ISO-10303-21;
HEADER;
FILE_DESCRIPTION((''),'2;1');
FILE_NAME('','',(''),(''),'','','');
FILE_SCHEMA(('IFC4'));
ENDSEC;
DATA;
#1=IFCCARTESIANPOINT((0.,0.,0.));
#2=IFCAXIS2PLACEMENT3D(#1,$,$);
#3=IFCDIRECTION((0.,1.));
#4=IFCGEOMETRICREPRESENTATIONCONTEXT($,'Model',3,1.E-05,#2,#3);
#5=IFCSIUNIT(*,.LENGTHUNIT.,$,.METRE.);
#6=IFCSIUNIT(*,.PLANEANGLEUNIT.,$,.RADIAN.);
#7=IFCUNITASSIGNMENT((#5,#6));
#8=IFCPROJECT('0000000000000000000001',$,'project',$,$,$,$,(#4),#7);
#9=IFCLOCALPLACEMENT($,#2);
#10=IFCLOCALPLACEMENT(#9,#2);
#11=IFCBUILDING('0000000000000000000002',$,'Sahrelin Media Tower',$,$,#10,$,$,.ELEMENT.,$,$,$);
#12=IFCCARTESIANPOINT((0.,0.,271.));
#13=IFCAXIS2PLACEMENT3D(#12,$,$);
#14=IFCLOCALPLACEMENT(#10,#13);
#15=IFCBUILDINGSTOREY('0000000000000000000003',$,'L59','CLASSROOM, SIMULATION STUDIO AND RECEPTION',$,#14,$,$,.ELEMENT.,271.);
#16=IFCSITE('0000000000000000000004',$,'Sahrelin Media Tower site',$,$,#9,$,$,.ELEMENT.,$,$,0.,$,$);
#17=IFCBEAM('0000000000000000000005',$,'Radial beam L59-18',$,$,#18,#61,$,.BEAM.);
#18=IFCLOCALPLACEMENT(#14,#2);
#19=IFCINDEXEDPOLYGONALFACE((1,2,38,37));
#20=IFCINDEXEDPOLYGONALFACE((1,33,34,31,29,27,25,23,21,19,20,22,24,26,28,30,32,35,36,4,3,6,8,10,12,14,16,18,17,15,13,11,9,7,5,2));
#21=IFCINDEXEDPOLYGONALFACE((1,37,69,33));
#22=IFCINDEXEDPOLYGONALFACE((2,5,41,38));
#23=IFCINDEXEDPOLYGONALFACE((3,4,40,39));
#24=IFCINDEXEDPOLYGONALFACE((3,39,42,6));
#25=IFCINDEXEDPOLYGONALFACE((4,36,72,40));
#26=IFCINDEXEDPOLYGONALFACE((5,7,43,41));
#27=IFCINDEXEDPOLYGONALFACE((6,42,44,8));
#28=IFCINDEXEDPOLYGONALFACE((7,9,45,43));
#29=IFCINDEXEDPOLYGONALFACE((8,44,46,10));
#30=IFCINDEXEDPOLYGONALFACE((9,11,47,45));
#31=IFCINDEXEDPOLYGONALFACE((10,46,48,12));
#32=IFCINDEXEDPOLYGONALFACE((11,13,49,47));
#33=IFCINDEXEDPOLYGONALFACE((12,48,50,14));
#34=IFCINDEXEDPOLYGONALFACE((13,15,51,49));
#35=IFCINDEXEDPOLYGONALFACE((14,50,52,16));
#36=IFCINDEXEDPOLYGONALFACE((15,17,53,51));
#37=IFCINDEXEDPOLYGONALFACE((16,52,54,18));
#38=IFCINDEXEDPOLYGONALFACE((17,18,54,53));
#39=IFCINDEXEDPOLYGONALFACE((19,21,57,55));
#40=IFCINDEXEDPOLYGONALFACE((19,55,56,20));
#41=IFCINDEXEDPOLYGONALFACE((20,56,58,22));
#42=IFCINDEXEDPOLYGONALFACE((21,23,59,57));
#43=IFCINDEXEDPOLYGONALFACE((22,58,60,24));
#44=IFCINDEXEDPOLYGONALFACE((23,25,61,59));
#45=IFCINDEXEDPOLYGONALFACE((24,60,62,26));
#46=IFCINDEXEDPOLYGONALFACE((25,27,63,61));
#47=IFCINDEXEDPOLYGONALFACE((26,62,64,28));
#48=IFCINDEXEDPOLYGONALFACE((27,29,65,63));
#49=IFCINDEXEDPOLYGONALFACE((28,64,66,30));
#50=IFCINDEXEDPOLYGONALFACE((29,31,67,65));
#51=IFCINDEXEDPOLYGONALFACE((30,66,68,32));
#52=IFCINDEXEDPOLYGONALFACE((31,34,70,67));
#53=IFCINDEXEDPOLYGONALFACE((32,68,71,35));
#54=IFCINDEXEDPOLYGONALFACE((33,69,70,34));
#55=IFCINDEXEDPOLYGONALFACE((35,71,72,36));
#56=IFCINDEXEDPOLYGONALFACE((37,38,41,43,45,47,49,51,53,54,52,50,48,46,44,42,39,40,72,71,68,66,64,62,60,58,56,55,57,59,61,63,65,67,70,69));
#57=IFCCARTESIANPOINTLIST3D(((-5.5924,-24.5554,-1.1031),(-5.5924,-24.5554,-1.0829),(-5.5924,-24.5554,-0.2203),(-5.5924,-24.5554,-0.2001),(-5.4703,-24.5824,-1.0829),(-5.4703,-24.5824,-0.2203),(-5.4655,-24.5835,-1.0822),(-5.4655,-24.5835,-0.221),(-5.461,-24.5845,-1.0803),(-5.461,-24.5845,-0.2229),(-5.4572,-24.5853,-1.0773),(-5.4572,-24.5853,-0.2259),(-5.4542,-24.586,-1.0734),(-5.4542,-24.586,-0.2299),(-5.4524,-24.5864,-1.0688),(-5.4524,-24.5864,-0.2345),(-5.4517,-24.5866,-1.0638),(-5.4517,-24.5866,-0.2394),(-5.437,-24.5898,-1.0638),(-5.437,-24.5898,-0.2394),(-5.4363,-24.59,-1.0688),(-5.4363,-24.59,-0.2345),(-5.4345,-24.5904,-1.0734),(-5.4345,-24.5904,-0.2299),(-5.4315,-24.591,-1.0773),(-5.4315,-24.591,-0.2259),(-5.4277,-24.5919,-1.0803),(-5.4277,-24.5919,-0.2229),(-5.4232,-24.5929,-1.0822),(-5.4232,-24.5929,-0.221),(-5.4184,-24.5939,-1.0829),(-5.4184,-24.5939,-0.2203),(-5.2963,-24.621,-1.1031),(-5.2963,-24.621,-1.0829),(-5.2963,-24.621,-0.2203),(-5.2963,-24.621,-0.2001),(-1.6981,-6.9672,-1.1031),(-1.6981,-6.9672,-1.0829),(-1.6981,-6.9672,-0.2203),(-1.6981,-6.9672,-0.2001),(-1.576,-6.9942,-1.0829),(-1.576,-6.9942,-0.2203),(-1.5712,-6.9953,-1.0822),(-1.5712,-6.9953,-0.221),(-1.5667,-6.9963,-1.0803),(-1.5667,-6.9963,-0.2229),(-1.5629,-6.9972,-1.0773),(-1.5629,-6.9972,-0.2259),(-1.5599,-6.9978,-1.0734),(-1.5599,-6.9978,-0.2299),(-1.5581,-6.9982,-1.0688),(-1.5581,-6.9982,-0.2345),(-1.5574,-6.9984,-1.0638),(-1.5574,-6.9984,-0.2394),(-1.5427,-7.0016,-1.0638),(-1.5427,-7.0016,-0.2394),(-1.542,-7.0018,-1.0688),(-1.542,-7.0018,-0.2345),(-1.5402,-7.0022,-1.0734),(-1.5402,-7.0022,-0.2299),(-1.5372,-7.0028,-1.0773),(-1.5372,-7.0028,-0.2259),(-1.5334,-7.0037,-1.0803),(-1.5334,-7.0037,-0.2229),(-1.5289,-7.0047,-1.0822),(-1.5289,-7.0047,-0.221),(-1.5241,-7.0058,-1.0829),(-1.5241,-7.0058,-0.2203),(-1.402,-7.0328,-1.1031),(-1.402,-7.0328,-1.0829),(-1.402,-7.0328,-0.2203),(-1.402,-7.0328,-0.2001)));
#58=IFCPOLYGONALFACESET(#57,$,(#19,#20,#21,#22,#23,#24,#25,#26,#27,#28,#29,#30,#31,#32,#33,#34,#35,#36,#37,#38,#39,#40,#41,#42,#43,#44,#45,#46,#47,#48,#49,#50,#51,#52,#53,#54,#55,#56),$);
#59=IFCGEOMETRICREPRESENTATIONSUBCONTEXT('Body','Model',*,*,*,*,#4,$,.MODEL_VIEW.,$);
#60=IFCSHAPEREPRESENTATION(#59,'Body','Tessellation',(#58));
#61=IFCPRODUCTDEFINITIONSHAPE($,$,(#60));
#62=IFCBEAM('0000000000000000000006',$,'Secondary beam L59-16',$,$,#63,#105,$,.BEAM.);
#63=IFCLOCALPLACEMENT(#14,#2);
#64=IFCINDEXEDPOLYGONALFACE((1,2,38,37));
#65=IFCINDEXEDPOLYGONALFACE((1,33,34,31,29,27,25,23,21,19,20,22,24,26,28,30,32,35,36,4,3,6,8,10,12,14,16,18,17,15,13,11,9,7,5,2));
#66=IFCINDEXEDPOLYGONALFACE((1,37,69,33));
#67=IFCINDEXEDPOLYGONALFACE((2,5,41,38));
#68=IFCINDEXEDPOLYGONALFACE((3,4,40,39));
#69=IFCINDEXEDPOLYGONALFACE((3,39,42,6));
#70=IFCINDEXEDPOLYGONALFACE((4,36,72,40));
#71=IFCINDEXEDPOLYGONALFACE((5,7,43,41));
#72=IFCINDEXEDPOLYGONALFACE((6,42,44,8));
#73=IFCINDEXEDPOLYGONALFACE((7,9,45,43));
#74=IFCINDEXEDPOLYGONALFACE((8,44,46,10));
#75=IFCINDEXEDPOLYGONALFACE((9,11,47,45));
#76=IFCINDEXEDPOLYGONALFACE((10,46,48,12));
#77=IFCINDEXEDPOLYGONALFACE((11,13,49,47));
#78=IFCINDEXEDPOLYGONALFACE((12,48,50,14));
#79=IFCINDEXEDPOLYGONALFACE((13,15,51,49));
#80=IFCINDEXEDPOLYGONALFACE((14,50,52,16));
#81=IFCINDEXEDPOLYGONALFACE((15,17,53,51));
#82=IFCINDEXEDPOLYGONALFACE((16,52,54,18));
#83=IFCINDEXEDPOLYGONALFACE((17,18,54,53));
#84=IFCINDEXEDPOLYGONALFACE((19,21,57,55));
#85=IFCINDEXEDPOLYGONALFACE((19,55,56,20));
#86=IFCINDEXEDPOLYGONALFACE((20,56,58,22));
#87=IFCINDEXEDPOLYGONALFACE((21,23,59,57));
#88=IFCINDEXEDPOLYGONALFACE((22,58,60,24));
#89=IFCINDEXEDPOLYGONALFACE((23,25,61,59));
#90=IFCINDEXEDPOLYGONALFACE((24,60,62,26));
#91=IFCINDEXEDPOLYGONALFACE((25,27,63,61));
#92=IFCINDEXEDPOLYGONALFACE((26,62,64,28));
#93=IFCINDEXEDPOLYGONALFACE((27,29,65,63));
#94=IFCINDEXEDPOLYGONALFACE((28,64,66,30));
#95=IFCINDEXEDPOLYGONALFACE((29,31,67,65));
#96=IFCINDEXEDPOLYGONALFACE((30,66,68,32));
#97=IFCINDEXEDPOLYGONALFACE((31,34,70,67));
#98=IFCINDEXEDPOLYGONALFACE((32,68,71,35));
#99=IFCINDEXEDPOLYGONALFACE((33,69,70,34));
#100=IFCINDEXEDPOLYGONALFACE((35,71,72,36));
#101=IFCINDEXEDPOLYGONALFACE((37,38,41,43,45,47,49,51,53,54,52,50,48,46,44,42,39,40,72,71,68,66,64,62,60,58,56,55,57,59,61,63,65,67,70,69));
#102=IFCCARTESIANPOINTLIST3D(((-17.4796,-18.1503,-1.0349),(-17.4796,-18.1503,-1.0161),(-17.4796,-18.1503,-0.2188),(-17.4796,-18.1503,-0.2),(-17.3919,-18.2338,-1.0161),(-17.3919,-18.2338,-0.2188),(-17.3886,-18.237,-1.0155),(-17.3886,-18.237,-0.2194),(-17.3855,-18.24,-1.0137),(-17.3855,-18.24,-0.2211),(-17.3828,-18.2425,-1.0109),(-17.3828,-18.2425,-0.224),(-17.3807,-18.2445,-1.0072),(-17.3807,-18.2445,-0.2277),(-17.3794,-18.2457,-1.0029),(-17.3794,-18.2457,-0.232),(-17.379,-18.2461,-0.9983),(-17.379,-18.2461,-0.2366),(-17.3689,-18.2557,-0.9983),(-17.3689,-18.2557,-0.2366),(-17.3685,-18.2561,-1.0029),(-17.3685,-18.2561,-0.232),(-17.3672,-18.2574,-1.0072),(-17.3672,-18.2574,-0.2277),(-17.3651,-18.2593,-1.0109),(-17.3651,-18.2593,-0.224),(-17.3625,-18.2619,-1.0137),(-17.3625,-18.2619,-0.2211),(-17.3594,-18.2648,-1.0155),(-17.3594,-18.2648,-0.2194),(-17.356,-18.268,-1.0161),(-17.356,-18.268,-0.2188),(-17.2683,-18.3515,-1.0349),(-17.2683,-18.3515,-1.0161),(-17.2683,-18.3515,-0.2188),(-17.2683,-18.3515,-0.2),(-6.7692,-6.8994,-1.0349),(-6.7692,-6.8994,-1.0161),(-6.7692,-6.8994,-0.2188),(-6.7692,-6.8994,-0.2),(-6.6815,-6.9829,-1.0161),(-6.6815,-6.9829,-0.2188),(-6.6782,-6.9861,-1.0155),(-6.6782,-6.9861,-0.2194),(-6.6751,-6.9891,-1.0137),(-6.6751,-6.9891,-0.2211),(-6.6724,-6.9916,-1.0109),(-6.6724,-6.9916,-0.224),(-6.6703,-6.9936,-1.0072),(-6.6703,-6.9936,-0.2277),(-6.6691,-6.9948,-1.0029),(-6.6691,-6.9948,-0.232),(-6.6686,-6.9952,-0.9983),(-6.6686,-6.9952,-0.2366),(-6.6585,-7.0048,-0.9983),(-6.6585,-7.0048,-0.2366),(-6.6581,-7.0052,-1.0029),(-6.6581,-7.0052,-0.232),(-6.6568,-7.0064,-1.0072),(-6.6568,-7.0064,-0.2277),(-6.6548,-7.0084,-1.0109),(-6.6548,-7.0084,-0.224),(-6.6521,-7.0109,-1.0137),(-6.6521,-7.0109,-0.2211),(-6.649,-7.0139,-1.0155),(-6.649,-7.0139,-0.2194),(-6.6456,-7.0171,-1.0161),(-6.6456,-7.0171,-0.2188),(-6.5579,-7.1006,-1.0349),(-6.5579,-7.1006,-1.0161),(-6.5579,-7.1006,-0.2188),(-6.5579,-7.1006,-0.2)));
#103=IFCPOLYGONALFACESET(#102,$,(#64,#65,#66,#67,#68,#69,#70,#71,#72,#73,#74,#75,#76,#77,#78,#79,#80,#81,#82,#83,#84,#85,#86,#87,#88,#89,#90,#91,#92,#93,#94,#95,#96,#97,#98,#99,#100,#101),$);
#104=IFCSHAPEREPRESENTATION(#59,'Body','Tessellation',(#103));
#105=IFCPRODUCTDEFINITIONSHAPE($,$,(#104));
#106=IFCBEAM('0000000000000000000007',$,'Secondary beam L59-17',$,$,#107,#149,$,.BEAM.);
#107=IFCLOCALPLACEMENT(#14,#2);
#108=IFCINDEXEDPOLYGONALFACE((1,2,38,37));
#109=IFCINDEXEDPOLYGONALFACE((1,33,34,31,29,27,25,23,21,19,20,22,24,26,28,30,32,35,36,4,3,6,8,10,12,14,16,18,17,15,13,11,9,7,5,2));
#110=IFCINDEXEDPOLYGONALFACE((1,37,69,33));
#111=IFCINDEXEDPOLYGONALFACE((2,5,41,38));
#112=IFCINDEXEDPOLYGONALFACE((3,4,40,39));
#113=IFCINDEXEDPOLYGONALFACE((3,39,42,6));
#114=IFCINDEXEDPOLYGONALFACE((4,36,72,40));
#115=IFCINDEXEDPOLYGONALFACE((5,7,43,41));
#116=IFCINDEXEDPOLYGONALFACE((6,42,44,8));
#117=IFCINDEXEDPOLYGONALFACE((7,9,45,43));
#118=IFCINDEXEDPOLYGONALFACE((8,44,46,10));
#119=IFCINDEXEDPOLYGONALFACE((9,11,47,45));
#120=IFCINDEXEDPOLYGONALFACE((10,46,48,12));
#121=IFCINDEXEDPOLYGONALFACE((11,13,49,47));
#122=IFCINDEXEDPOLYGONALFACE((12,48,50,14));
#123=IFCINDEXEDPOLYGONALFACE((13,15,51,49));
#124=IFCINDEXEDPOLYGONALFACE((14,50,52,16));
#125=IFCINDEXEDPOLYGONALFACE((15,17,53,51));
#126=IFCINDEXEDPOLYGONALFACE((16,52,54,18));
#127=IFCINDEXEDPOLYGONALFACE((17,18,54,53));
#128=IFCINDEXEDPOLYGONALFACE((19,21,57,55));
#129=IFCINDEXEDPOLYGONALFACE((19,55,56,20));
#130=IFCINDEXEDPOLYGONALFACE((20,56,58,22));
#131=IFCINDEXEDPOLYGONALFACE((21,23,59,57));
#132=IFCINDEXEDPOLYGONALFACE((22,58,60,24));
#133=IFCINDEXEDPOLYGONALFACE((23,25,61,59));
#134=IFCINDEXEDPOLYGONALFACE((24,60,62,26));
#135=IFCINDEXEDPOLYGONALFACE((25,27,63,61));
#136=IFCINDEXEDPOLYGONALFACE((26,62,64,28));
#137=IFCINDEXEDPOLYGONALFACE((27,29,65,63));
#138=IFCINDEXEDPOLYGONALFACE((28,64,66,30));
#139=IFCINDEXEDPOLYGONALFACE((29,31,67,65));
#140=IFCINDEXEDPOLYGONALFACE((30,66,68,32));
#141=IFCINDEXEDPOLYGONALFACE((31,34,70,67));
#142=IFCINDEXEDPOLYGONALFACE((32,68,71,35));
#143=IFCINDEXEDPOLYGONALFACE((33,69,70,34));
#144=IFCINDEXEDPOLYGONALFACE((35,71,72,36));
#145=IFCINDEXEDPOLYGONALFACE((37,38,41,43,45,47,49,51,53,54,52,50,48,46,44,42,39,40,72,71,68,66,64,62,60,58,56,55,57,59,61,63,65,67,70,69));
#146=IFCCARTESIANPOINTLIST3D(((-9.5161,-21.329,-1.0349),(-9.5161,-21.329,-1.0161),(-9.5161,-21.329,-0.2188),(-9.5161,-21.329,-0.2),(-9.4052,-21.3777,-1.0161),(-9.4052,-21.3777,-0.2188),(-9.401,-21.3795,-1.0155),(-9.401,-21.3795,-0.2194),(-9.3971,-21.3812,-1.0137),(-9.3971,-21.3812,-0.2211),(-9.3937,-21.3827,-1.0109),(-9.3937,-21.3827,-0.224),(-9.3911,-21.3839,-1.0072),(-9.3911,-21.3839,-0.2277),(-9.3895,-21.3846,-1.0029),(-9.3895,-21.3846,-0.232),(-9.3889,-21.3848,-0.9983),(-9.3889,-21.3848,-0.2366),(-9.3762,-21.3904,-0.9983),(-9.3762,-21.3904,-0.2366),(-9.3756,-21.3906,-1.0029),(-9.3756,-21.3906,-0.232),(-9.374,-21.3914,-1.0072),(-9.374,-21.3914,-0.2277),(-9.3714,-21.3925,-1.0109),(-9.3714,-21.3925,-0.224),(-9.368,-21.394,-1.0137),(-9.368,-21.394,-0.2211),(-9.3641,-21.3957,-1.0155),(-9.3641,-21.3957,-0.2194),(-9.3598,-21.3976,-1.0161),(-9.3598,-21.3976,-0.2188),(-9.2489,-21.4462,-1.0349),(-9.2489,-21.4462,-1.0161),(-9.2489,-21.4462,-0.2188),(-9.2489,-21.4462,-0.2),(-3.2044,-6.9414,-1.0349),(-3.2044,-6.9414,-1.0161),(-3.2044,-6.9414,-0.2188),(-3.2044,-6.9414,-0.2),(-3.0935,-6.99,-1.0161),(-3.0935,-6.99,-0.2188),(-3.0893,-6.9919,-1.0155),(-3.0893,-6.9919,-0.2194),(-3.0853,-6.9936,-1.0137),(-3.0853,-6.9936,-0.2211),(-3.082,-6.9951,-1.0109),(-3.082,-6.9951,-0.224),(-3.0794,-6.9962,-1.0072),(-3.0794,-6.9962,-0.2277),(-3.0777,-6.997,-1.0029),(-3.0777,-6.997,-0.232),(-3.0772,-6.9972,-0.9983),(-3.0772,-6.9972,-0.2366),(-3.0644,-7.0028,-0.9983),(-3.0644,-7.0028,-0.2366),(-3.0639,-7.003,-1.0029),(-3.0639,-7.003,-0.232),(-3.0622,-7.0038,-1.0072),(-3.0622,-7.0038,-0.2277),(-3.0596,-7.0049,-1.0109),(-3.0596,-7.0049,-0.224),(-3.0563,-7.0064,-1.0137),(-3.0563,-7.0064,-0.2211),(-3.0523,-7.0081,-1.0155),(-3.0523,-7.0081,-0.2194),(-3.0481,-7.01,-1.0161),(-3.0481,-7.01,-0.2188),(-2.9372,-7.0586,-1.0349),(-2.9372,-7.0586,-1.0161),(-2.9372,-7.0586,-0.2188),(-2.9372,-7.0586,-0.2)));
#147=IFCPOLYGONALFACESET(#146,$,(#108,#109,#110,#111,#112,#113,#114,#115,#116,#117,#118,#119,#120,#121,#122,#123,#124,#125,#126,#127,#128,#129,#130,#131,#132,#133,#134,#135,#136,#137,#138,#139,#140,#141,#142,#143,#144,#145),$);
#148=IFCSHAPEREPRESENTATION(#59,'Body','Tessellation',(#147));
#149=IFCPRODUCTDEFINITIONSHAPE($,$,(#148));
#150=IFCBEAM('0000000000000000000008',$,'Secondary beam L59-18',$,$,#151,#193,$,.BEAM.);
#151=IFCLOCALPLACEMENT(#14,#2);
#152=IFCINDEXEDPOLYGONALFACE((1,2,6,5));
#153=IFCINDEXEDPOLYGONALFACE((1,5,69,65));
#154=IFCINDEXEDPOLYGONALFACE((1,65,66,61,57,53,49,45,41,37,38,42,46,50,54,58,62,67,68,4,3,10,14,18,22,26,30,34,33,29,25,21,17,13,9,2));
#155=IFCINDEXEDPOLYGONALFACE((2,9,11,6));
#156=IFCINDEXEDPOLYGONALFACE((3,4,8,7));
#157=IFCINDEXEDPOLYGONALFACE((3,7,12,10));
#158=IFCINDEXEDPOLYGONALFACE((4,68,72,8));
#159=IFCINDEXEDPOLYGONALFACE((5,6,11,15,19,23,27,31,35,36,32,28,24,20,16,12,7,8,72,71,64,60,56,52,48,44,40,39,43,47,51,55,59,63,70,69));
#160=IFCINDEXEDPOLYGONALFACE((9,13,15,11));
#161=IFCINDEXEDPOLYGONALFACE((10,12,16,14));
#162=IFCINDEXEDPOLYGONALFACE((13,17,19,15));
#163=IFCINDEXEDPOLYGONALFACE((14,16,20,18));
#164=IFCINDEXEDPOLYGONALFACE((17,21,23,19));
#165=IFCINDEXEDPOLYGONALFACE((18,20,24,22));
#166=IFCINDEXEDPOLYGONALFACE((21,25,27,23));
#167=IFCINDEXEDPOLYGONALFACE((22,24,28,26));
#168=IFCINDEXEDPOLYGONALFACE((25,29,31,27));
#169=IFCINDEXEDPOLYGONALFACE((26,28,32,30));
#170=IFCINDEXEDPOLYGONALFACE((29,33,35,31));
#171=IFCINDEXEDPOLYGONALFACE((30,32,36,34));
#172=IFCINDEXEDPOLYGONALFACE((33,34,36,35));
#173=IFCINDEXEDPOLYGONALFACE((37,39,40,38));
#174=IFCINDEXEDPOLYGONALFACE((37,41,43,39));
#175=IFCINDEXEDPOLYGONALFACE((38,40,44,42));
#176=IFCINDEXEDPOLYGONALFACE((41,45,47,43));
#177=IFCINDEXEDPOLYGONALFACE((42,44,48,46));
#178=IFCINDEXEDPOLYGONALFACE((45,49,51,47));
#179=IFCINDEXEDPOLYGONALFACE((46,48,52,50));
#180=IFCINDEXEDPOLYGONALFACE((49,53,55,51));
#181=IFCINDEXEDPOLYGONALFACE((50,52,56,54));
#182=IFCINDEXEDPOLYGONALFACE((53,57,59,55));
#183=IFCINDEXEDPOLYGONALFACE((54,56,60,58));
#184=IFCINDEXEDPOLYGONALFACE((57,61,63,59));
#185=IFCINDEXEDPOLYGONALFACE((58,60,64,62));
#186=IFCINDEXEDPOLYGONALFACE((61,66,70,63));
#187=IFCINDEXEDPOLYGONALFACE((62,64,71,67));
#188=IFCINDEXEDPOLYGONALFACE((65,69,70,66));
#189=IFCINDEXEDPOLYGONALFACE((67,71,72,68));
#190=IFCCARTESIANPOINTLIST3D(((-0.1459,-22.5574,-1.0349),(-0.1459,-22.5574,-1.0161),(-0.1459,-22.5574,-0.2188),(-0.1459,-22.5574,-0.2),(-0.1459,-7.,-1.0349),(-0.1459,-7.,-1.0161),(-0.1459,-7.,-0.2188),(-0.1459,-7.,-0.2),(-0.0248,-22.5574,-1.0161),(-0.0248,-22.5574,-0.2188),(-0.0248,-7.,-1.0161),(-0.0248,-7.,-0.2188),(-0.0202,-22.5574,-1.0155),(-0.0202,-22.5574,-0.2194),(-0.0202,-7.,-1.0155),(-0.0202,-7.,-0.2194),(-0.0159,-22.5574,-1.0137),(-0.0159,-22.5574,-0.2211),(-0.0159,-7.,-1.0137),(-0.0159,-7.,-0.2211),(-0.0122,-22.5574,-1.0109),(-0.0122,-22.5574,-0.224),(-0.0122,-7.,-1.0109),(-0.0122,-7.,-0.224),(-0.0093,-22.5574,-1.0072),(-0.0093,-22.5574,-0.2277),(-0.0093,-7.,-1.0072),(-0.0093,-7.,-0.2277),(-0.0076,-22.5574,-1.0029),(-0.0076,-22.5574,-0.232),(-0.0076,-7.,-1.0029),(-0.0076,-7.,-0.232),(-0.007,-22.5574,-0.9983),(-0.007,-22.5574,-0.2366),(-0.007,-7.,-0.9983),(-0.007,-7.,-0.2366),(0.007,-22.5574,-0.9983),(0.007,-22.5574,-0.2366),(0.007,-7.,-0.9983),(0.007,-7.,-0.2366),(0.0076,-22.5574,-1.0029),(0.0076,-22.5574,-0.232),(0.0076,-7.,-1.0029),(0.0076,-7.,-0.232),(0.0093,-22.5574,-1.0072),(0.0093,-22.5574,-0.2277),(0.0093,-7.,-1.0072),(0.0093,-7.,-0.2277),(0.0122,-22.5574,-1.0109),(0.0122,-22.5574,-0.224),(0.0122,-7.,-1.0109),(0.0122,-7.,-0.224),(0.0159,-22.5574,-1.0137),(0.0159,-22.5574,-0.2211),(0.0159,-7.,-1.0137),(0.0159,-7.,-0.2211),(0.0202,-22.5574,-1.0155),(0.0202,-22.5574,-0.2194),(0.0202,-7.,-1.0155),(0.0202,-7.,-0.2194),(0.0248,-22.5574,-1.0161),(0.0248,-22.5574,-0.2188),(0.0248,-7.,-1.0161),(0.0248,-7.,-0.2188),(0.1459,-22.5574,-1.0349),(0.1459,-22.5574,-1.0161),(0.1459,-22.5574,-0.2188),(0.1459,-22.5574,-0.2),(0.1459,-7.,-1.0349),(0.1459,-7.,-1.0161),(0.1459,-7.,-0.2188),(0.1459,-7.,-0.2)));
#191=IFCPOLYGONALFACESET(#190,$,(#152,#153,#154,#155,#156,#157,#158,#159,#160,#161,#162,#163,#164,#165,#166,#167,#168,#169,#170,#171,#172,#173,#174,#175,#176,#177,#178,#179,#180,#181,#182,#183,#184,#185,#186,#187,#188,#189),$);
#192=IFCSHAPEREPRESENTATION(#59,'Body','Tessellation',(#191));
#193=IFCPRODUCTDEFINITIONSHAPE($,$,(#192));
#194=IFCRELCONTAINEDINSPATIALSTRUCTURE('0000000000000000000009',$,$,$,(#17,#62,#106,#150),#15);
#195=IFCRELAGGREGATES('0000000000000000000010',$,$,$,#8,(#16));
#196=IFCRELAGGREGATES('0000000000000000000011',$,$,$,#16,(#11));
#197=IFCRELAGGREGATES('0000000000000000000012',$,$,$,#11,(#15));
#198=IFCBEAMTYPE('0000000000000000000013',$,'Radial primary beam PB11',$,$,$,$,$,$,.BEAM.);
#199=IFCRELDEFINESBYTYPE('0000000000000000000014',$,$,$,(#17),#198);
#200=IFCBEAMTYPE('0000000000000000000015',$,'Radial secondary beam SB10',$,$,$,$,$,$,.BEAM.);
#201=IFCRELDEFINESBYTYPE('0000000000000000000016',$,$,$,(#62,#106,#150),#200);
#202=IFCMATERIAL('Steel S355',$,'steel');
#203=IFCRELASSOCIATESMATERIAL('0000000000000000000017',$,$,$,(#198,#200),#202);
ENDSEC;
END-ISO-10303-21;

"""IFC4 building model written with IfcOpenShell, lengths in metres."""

from ifc_helpers import new_model, si_unit, direction, frame, origin, origin_2d, place, context, subcontext, project, spatial, i_section, extrude, material, material_profile, profile_set, type_object, element, save


model = new_model("IFC4")

# Units and contexts
model_context = context("Model", 3, precision=1e-05, world=origin(), true_north=direction((0.0, 1.0)))
body_context = subcontext(model_context, "Body", "Model", "MODEL_VIEW")
ifc_project = project(units=[si_unit("LENGTHUNIT", "METRE"), si_unit("PLANEANGLEUNIT", "RADIAN")], contexts=[model_context])

# Site, building, storey
site_placement = place(None, origin())
site = spatial("IfcSite", under=ifc_project, at=site_placement, Name="Sahrelin Media Tower site", CompositionType="ELEMENT", RefElevation=0.0)
building_placement = place(site_placement, origin())
building = spatial("IfcBuilding", under=site, at=building_placement, Name="Sahrelin Media Tower", CompositionType="ELEMENT")
storey_placement = place(building_placement, frame((0.0, 0.0, 271.0)))
storey = spatial("IfcBuildingStorey", under=building, at=storey_placement, Name="L59", Description="CLASSROOM, SIMULATION STUDIO AND RECEPTION", CompositionType="ELEMENT", Elevation=271.0)

# Beams
ifc_material_1 = material(Name="Steel S355", Category="steel")
ifc_material_profile_1 = material_profile(ifc_material_1, i_section(OverallWidth=0.3032, OverallDepth=0.9031, WebThickness=0.0151, FlangeThickness=0.0203, FilletRadius=0.019, at=origin_2d()), Name="UB 914x305x201")
ifc_profile_set_1 = profile_set([ifc_material_profile_1], Name="Steel S355")
beam_type_1 = type_object("IfcBeamType", Name="Radial primary beam PB11", PredefinedType="BEAM", material=ifc_profile_set_1)
beam_1_placement = place(storey_placement, frame((-1.55, -7.0, -0.6516), z_axis=(-0.21618, -0.976354, 0.0), x_axis=(0.976354, -0.21618, 0.0)))
element("IfcBeam", 1, at=beam_1_placement, inside=storey, type_object=beam_type_1, Name="Radial beam L59-18", PredefinedType="BEAM", context=body_context, shape_type="SweptSolid", body=[
    extrude(i_section(OverallWidth=0.3032, OverallDepth=0.9031, WebThickness=0.0151, FlangeThickness=0.0203, FilletRadius=0.019, at=origin_2d()), origin(), (0.0, 0.0, 1.0), 18.0142),
])
ifc_material_profile_2 = material_profile(ifc_material_1, i_section(OverallWidth=0.2917, OverallDepth=0.835, WebThickness=0.0139, FlangeThickness=0.0188, FilletRadius=0.0178, at=origin_2d()), Name="UB 838x292x176")
ifc_profile_set_2 = profile_set([ifc_material_profile_2], Name="Steel S355")
beam_type_2 = type_object("IfcBeamType", Name="Radial secondary beam SB10", PredefinedType="BEAM", material=ifc_profile_set_2)
beam_2_placement = place(storey_placement, frame((-6.6636, -7.0, -0.6174), z_axis=(-0.689494, -0.724291, 0.0), x_axis=(0.724291, -0.689494, 0.0)))
element("IfcBeam", 2, at=beam_2_placement, inside=storey, type_object=beam_type_2, Name="Secondary beam L59-16", PredefinedType="BEAM", context=body_context, shape_type="SweptSolid", body=[
    extrude(i_section(OverallWidth=0.2917, OverallDepth=0.835, WebThickness=0.0139, FlangeThickness=0.0188, FilletRadius=0.0178, at=origin_2d()), origin(), (0.0, 0.0, 1.0), 15.5337),
])
beam_3_placement = place(storey_placement, frame((-3.0708, -7.0, -0.6174), z_axis=(-0.401735, -0.915756, 0.0), x_axis=(0.915756, -0.401735, 0.0)))
element("IfcBeam", 3, at=beam_3_placement, inside=storey, type_object=beam_type_2, Name="Secondary beam L59-17", PredefinedType="BEAM", context=body_context, shape_type="SweptSolid", body=[
    extrude(i_section(OverallWidth=0.2917, OverallDepth=0.835, WebThickness=0.0139, FlangeThickness=0.0188, FilletRadius=0.0178, at=origin_2d()), origin(), (0.0, 0.0, 1.0), 15.7112),
])
beam_4_placement = place(storey_placement, frame((0.0, -7.0, -0.6174), z_axis=(0.0, -1.0, 0.0), x_axis=(1.0, 0.0, 0.0)))
element("IfcBeam", 4, at=beam_4_placement, inside=storey, type_object=beam_type_2, Name="Secondary beam L59-18", PredefinedType="BEAM", context=body_context, shape_type="SweptSolid", body=[
    extrude(i_section(OverallWidth=0.2917, OverallDepth=0.835, WebThickness=0.0139, FlangeThickness=0.0188, FilletRadius=0.0178, at=origin_2d()), origin(), (0.0, 0.0, 1.0), 15.5574),
])

save(model, "model.ifc")
